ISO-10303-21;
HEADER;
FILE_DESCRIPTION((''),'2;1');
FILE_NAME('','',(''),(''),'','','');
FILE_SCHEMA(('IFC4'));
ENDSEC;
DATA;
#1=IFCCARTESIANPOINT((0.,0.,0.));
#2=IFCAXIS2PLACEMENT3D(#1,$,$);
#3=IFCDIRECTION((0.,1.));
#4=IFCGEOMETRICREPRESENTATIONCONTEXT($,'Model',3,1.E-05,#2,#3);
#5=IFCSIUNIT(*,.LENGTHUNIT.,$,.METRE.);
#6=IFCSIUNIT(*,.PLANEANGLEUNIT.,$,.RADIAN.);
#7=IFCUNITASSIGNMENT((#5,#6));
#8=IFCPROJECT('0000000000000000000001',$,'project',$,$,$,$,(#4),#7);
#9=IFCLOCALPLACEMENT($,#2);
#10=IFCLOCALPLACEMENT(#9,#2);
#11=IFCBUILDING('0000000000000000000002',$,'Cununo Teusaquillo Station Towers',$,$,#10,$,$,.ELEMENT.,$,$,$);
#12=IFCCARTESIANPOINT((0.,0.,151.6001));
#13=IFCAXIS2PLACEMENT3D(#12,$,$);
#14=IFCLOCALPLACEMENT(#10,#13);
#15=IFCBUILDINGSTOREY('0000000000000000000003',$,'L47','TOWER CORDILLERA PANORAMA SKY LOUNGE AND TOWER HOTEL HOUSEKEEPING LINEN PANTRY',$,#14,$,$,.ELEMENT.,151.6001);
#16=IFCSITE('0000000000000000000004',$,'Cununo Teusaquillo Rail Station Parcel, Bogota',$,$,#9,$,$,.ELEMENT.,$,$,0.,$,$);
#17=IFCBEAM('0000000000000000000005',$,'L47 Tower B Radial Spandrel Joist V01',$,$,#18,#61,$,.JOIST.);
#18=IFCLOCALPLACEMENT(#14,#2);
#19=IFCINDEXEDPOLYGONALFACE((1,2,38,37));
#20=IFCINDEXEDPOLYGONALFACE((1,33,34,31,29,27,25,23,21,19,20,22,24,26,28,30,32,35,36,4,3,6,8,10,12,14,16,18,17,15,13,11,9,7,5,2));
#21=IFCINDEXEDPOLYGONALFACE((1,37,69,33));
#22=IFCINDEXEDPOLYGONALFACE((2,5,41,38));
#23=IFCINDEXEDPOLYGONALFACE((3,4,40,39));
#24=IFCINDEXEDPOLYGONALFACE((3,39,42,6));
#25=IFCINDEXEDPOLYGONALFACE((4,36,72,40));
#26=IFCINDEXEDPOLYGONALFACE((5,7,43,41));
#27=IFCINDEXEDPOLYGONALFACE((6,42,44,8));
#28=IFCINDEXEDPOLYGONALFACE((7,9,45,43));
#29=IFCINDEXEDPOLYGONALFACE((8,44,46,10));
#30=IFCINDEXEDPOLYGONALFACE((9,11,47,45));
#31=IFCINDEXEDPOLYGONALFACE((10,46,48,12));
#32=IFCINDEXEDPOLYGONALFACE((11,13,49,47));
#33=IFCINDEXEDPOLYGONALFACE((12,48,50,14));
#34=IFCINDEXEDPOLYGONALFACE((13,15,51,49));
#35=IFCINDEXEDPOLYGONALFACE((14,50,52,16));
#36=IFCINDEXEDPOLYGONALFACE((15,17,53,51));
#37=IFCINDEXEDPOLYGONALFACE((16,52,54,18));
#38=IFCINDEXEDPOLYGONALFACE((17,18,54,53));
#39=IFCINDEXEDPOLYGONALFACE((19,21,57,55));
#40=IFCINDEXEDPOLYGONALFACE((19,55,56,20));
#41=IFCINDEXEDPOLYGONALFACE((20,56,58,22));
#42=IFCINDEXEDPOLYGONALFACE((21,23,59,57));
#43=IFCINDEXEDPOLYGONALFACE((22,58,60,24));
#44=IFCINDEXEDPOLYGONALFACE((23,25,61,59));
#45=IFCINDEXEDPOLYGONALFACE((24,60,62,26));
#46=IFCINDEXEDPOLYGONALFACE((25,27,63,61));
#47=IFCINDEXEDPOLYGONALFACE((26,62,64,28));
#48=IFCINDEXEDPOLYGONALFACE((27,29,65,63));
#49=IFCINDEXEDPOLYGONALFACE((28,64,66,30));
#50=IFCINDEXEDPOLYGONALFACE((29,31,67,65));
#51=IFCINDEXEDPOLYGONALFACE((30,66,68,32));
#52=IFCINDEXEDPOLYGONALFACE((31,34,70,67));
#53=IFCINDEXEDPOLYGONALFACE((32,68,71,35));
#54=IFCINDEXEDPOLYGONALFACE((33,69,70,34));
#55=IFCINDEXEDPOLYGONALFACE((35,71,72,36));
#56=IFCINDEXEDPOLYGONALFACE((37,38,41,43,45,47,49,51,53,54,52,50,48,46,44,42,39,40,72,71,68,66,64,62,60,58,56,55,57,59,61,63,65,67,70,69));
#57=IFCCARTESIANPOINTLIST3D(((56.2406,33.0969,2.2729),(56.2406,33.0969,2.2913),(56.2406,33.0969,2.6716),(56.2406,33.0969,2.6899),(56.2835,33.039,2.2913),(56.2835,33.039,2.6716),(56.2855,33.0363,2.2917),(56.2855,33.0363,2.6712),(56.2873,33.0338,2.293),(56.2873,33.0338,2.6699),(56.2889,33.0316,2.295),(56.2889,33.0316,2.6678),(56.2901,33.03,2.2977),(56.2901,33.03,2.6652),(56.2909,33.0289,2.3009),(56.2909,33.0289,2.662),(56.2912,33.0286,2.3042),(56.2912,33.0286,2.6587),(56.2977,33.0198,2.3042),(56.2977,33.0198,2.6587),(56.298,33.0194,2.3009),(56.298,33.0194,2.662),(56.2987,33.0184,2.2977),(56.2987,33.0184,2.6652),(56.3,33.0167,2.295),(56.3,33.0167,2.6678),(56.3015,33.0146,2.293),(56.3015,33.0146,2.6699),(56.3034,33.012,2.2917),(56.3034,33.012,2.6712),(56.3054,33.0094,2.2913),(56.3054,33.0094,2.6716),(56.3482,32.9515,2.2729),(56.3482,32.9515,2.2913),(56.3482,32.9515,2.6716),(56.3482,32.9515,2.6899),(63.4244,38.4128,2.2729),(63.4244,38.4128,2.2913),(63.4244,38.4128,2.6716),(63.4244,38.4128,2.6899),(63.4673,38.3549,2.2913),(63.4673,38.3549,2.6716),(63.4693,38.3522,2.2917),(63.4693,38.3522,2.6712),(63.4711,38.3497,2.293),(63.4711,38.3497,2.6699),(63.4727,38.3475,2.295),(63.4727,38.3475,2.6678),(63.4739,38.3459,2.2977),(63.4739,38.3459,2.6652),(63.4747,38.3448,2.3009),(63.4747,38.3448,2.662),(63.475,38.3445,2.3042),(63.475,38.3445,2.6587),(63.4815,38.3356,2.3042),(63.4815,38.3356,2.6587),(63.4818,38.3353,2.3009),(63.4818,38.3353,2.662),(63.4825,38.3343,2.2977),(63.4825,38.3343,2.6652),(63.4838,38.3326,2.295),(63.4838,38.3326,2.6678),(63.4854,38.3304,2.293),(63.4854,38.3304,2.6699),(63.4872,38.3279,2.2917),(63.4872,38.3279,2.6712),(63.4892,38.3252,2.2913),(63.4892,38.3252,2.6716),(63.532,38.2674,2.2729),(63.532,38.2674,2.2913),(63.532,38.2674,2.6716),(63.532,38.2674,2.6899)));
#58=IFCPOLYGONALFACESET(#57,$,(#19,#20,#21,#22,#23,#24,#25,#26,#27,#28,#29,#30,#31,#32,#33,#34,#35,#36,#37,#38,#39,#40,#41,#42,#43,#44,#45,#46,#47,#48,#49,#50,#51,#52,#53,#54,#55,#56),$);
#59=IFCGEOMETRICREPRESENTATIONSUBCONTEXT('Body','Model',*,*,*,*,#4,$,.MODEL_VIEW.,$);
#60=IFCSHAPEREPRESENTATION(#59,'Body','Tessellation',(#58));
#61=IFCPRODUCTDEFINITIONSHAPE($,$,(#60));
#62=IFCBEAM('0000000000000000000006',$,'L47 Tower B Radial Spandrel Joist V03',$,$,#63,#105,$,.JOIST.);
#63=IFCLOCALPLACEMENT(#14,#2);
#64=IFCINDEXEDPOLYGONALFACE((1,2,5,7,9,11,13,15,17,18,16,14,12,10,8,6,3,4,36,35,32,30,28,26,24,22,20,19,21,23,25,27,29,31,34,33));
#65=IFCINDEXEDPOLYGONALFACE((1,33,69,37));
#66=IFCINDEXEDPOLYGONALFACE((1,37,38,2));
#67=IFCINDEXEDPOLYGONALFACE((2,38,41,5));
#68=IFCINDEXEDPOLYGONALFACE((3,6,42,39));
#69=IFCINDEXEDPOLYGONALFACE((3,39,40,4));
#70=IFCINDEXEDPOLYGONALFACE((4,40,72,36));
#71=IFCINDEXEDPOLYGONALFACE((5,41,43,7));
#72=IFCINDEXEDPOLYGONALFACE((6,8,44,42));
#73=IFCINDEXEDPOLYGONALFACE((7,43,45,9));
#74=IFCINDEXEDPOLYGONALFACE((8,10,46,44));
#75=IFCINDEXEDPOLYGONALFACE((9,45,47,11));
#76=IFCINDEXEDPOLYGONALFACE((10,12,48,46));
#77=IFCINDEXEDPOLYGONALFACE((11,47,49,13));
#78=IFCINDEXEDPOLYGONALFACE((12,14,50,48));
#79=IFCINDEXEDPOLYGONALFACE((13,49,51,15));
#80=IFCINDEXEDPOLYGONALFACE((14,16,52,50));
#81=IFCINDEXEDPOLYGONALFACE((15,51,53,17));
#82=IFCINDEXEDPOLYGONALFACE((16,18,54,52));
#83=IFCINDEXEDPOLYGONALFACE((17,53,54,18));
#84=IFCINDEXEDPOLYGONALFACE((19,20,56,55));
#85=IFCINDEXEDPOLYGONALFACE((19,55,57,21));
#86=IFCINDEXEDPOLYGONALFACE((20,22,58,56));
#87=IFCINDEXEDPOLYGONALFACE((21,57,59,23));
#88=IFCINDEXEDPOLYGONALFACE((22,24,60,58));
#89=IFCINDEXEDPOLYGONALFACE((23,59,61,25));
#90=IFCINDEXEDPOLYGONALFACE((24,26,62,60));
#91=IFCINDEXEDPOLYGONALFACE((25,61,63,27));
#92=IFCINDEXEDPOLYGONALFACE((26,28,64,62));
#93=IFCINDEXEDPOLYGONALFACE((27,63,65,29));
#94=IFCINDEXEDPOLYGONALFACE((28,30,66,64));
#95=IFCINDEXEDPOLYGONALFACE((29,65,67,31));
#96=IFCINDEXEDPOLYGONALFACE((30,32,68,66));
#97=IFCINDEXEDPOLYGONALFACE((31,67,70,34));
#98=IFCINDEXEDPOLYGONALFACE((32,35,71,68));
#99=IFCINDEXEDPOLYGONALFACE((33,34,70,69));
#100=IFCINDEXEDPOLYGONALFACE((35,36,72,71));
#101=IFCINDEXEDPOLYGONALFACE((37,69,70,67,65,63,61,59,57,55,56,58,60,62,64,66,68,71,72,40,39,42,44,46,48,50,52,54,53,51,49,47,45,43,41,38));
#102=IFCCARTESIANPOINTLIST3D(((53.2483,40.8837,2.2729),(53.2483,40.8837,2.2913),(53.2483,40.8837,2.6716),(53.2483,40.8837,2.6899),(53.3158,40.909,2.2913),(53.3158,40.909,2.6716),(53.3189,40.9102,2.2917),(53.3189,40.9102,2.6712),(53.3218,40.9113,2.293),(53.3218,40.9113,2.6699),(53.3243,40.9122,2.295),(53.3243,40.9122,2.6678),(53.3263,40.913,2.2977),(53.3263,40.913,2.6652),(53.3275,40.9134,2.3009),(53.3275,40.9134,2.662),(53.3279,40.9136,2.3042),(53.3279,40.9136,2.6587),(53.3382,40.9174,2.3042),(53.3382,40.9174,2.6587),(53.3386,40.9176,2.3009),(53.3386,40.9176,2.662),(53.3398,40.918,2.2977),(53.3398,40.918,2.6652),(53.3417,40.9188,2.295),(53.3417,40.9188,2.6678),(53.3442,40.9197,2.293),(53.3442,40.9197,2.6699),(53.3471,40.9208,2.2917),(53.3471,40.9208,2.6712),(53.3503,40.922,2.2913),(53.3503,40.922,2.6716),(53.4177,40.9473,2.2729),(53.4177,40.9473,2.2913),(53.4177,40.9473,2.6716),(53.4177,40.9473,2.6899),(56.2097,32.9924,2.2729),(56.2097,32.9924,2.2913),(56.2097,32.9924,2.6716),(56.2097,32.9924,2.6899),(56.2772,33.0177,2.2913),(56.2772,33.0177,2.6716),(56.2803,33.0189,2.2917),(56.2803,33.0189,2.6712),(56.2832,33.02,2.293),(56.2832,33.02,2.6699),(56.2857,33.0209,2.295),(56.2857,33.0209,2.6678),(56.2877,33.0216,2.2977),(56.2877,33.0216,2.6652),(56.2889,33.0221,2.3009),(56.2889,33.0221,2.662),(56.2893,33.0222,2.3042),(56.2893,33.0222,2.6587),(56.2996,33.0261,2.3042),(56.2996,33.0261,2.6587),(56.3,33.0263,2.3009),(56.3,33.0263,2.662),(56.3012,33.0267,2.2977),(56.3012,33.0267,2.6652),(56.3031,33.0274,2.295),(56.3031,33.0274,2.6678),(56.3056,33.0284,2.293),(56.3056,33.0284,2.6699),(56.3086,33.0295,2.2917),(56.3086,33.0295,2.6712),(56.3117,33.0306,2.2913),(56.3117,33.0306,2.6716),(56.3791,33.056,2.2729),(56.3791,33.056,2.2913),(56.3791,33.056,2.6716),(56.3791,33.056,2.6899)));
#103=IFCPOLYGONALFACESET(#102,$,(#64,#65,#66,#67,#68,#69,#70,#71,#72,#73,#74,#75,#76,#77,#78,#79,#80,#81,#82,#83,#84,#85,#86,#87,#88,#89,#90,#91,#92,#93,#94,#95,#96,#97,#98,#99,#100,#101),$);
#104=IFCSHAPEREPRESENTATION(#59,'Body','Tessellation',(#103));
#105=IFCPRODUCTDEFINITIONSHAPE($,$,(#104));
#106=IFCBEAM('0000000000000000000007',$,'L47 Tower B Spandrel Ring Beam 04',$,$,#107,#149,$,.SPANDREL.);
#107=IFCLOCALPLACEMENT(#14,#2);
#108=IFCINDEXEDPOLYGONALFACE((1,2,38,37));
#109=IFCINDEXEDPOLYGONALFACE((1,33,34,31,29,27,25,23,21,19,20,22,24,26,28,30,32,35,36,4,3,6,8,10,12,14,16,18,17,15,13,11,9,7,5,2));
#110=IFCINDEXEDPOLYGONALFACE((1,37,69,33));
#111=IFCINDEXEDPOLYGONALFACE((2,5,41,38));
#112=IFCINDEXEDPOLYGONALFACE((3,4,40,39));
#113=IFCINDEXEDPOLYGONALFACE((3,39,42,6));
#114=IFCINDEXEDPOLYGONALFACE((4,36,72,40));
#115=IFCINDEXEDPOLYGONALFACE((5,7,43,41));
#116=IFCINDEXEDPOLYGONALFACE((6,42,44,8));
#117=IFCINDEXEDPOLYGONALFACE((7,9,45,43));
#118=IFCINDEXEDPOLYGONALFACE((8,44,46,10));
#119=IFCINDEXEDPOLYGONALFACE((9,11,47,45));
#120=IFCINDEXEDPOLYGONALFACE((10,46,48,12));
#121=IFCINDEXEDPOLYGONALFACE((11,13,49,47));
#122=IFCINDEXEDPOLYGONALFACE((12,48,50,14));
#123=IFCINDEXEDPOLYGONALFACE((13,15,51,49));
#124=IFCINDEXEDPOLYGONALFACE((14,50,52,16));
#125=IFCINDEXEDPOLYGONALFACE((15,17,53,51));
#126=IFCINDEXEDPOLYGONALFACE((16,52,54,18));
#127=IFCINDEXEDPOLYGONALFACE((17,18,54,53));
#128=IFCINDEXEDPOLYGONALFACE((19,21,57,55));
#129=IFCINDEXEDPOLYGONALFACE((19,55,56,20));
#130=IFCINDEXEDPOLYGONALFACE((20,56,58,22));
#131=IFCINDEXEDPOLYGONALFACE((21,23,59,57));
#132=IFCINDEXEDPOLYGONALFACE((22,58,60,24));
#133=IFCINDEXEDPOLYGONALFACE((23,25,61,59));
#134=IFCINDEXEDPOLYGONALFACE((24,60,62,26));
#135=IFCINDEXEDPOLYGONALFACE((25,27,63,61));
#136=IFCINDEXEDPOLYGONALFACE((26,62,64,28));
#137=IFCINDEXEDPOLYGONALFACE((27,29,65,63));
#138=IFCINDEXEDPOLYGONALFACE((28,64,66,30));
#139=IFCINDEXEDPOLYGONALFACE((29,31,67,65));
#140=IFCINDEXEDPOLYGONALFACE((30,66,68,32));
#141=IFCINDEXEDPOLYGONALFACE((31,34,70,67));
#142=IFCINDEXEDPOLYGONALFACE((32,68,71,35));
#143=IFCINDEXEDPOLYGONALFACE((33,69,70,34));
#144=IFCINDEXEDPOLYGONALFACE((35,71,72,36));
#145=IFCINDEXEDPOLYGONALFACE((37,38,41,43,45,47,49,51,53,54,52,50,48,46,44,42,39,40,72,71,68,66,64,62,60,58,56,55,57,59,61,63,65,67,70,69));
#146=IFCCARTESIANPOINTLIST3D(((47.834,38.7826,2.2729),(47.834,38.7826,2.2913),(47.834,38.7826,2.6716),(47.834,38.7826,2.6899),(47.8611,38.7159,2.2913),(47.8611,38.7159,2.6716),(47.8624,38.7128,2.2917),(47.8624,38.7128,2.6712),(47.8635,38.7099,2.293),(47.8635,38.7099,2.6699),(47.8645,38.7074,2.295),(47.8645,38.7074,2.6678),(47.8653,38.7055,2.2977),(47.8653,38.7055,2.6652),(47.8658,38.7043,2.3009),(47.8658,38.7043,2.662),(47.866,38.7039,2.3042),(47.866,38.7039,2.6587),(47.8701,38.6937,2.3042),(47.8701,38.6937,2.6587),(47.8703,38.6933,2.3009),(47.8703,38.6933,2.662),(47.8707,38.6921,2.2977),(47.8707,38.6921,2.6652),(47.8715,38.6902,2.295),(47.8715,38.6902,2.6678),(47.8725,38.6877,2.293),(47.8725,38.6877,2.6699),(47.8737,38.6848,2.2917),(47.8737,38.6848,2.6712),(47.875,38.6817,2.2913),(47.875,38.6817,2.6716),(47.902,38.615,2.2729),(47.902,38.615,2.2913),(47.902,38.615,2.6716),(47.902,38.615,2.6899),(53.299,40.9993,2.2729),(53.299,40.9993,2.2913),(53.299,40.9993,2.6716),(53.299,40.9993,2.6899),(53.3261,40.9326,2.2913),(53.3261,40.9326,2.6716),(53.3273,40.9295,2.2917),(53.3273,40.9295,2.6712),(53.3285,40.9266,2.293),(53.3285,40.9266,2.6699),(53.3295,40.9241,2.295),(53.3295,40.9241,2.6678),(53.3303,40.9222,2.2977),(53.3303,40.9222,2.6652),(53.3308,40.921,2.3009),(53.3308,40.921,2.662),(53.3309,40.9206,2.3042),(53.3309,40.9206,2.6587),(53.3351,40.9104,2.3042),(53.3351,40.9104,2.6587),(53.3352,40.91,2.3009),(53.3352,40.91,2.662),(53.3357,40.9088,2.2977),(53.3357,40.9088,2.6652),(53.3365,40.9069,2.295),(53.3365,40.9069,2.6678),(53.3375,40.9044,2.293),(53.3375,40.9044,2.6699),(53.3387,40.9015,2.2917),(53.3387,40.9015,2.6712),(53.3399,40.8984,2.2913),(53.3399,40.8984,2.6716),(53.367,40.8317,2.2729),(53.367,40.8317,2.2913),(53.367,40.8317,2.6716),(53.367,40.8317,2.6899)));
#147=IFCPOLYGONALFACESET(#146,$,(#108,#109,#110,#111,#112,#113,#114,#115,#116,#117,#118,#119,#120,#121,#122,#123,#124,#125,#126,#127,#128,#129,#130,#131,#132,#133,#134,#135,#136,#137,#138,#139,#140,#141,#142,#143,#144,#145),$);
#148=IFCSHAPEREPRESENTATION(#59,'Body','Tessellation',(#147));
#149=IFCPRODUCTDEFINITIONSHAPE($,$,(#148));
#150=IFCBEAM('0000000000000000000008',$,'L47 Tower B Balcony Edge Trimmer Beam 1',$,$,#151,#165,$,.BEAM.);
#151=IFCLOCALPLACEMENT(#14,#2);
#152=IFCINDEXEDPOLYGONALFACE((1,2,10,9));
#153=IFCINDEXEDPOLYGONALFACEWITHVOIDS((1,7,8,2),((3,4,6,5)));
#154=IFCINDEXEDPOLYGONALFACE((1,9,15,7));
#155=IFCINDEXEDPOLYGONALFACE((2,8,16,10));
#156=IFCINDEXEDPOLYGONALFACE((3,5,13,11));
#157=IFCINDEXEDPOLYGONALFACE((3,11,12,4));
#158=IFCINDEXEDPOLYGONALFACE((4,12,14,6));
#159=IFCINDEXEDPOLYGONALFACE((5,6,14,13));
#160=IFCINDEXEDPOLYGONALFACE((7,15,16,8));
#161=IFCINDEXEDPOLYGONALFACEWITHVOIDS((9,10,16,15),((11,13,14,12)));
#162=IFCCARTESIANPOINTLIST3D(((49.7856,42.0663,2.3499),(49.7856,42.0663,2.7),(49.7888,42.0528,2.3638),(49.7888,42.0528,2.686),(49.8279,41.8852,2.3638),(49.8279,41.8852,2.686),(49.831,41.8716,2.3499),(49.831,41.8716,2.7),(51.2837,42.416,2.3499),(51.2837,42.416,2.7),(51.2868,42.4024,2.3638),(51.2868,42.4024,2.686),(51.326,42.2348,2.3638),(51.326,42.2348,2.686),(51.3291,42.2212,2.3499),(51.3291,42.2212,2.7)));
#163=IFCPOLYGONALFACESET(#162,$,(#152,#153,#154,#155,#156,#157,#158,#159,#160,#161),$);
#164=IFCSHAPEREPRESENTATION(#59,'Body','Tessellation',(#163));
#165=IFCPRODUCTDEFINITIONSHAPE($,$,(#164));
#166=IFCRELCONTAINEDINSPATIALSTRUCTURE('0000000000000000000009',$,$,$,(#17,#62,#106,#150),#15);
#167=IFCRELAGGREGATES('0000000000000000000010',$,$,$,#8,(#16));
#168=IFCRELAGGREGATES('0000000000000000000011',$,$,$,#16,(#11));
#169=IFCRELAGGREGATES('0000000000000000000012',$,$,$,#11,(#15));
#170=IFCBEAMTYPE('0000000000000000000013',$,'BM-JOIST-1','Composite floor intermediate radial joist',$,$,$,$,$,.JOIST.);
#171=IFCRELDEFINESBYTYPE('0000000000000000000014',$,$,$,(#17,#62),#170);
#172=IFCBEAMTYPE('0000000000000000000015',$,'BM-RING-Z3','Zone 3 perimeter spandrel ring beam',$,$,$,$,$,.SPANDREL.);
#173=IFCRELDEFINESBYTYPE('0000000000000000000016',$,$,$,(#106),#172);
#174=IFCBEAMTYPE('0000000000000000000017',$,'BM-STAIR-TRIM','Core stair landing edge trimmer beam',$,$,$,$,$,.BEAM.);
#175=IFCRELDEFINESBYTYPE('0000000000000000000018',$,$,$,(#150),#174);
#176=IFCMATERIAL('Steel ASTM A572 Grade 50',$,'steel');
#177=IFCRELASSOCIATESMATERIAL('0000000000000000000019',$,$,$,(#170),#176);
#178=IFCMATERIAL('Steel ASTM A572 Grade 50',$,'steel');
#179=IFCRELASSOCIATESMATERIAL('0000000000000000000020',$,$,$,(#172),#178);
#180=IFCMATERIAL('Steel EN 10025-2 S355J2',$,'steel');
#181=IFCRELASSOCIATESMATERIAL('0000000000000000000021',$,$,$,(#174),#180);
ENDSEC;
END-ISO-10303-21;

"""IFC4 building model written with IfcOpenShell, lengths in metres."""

from ifc_helpers import new_model, si_unit, direction, frame, origin, origin_2d, place, context, subcontext, project, spatial, hollow_rectangle, i_section, extrude, material, material_profile, profile_set, type_object, element, save


model = new_model("IFC4")

# Units and contexts
model_context = context("Model", 3, precision=1e-05, world=origin(), true_north=direction((0.0, 1.0)))
body_context = subcontext(model_context, "Body", "Model", "MODEL_VIEW")
ifc_project = project(units=[si_unit("LENGTHUNIT", "METRE"), si_unit("PLANEANGLEUNIT", "RADIAN")], contexts=[model_context])

# Site, building, storey
site_placement = place(None, origin())
site = spatial("IfcSite", under=ifc_project, at=site_placement, Name="Cununo Teusaquillo Rail Station Parcel, Bogota", CompositionType="ELEMENT", RefElevation=0.0)
building_placement = place(site_placement, origin())
building = spatial("IfcBuilding", under=site, at=building_placement, Name="Cununo Teusaquillo Station Towers", CompositionType="ELEMENT")
storey_placement = place(building_placement, frame((0.0, 0.0, 151.6001)))
storey = spatial("IfcBuildingStorey", under=building, at=storey_placement, Name="L47", Description="TOWER CORDILLERA PANORAMA SKY LOUNGE AND TOWER HOTEL HOUSEKEEPING LINEN PANTRY", CompositionType="ELEMENT", Elevation=151.6001)

# Beams
ifc_material_1 = material(Name="Steel ASTM A572 Grade 50", Category="steel")
ifc_material_profile_1 = material_profile(ifc_material_1, i_section(OverallWidth=0.1809, OverallDepth=0.417, WebThickness=0.011, FlangeThickness=0.0183, FilletRadius=0.0129, at=origin_2d()), Name="W16X57")
ifc_profile_set_1 = profile_set([ifc_material_profile_1], Name="Steel ASTM A572 Grade 50")
beam_type_1 = type_object("IfcBeamType", Name="BM-JOIST-1", Description="Composite floor intermediate radial joist", PredefinedType="JOIST", material=ifc_profile_set_1)
beam_1_placement = place(storey_placement, frame((56.2944, 33.0242, 2.4814), z_axis=(0.803848, 0.594834, 0.0), x_axis=(-0.594834, 0.803848, 0.0)))
element("IfcBeam", 1, at=beam_1_placement, inside=storey, type_object=beam_type_1, Name="L47 Tower B Radial Spandrel Joist V01", PredefinedType="JOIST", context=body_context, shape_type="SweptSolid", body=[
    extrude(i_section(OverallWidth=0.1809, OverallDepth=0.417, WebThickness=0.011, FlangeThickness=0.0183, FilletRadius=0.0129, at=origin_2d()), origin(), (0.0, 0.0, 1.0), 8.9368),
])
beam_2_placement = place(storey_placement, frame((56.2944, 33.0242, 2.4814), z_axis=(-0.351349, 0.936245, 0.0), x_axis=(-0.936245, -0.351349, 0.0)))
element("IfcBeam", 2, at=beam_2_placement, inside=storey, type_object=beam_type_1, Name="L47 Tower B Radial Spandrel Joist V03", PredefinedType="JOIST", context=body_context, shape_type="SweptSolid", body=[
    extrude(i_section(OverallWidth=0.1809, OverallDepth=0.417, WebThickness=0.011, FlangeThickness=0.0183, FilletRadius=0.0129, at=origin_2d()), origin(), (0.0, 0.0, 1.0), 8.4287),
])
ifc_material_2 = material(Name="Steel ASTM A572 Grade 50", Category="steel")
ifc_material_profile_2 = material_profile(ifc_material_2, i_section(OverallWidth=0.1809, OverallDepth=0.417, WebThickness=0.011, FlangeThickness=0.0183, FilletRadius=0.0129, at=origin_2d()), Name="W16X57")
ifc_profile_set_2 = profile_set([ifc_material_profile_2], Name="Steel ASTM A572 Grade 50")
beam_type_2 = type_object("IfcBeamType", Name="BM-RING-Z3", Description="Zone 3 perimeter spandrel ring beam", PredefinedType="SPANDREL", material=ifc_profile_set_2)
beam_3_placement = place(storey_placement, frame((53.333, 40.9155, 2.4814), z_axis=(-0.926667, -0.375883, 0.0), x_axis=(0.375883, -0.926667, 0.0)))
element("IfcBeam", 3, at=beam_3_placement, inside=storey, type_object=beam_type_2, Name="L47 Tower B Spandrel Ring Beam 04", PredefinedType="SPANDREL", context=body_context, shape_type="SweptSolid", body=[
    extrude(i_section(OverallWidth=0.1809, OverallDepth=0.417, WebThickness=0.011, FlangeThickness=0.0183, FilletRadius=0.0129, at=origin_2d()), origin(), (0.0, 0.0, 1.0), 5.8975),
])
ifc_material_3 = material(Name="Steel EN 10025-2 S355J2", Category="steel")
ifc_material_profile_3 = material_profile(ifc_material_3, hollow_rectangle(XDim=0.2, YDim=0.3501, WallThickness=0.0139, at=origin_2d()), Name="RHS 350x200x14")
ifc_profile_set_3 = profile_set([ifc_material_profile_3], Name="Steel EN 10025-2 S355J2")
beam_type_3 = type_object("IfcBeamType", Name="BM-STAIR-TRIM", Description="Core stair landing edge trimmer beam", PredefinedType="BEAM", material=ifc_profile_set_3)
beam_4_placement = place(storey_placement, frame((51.3064, 42.3186, 2.5249), z_axis=(-0.973832, -0.22727, 0.0), x_axis=(0.22727, -0.973832, 0.0)))
element("IfcBeam", 4, at=beam_4_placement, inside=storey, type_object=beam_type_3, Name="L47 Tower B Balcony Edge Trimmer Beam 1", PredefinedType="BEAM", context=body_context, shape_type="SweptSolid", body=[
    extrude(hollow_rectangle(XDim=0.2, YDim=0.3501, WallThickness=0.0139, at=origin_2d()), origin(), (0.0, 0.0, 1.0), 1.5383),
])

save(model, "model.ifc")
